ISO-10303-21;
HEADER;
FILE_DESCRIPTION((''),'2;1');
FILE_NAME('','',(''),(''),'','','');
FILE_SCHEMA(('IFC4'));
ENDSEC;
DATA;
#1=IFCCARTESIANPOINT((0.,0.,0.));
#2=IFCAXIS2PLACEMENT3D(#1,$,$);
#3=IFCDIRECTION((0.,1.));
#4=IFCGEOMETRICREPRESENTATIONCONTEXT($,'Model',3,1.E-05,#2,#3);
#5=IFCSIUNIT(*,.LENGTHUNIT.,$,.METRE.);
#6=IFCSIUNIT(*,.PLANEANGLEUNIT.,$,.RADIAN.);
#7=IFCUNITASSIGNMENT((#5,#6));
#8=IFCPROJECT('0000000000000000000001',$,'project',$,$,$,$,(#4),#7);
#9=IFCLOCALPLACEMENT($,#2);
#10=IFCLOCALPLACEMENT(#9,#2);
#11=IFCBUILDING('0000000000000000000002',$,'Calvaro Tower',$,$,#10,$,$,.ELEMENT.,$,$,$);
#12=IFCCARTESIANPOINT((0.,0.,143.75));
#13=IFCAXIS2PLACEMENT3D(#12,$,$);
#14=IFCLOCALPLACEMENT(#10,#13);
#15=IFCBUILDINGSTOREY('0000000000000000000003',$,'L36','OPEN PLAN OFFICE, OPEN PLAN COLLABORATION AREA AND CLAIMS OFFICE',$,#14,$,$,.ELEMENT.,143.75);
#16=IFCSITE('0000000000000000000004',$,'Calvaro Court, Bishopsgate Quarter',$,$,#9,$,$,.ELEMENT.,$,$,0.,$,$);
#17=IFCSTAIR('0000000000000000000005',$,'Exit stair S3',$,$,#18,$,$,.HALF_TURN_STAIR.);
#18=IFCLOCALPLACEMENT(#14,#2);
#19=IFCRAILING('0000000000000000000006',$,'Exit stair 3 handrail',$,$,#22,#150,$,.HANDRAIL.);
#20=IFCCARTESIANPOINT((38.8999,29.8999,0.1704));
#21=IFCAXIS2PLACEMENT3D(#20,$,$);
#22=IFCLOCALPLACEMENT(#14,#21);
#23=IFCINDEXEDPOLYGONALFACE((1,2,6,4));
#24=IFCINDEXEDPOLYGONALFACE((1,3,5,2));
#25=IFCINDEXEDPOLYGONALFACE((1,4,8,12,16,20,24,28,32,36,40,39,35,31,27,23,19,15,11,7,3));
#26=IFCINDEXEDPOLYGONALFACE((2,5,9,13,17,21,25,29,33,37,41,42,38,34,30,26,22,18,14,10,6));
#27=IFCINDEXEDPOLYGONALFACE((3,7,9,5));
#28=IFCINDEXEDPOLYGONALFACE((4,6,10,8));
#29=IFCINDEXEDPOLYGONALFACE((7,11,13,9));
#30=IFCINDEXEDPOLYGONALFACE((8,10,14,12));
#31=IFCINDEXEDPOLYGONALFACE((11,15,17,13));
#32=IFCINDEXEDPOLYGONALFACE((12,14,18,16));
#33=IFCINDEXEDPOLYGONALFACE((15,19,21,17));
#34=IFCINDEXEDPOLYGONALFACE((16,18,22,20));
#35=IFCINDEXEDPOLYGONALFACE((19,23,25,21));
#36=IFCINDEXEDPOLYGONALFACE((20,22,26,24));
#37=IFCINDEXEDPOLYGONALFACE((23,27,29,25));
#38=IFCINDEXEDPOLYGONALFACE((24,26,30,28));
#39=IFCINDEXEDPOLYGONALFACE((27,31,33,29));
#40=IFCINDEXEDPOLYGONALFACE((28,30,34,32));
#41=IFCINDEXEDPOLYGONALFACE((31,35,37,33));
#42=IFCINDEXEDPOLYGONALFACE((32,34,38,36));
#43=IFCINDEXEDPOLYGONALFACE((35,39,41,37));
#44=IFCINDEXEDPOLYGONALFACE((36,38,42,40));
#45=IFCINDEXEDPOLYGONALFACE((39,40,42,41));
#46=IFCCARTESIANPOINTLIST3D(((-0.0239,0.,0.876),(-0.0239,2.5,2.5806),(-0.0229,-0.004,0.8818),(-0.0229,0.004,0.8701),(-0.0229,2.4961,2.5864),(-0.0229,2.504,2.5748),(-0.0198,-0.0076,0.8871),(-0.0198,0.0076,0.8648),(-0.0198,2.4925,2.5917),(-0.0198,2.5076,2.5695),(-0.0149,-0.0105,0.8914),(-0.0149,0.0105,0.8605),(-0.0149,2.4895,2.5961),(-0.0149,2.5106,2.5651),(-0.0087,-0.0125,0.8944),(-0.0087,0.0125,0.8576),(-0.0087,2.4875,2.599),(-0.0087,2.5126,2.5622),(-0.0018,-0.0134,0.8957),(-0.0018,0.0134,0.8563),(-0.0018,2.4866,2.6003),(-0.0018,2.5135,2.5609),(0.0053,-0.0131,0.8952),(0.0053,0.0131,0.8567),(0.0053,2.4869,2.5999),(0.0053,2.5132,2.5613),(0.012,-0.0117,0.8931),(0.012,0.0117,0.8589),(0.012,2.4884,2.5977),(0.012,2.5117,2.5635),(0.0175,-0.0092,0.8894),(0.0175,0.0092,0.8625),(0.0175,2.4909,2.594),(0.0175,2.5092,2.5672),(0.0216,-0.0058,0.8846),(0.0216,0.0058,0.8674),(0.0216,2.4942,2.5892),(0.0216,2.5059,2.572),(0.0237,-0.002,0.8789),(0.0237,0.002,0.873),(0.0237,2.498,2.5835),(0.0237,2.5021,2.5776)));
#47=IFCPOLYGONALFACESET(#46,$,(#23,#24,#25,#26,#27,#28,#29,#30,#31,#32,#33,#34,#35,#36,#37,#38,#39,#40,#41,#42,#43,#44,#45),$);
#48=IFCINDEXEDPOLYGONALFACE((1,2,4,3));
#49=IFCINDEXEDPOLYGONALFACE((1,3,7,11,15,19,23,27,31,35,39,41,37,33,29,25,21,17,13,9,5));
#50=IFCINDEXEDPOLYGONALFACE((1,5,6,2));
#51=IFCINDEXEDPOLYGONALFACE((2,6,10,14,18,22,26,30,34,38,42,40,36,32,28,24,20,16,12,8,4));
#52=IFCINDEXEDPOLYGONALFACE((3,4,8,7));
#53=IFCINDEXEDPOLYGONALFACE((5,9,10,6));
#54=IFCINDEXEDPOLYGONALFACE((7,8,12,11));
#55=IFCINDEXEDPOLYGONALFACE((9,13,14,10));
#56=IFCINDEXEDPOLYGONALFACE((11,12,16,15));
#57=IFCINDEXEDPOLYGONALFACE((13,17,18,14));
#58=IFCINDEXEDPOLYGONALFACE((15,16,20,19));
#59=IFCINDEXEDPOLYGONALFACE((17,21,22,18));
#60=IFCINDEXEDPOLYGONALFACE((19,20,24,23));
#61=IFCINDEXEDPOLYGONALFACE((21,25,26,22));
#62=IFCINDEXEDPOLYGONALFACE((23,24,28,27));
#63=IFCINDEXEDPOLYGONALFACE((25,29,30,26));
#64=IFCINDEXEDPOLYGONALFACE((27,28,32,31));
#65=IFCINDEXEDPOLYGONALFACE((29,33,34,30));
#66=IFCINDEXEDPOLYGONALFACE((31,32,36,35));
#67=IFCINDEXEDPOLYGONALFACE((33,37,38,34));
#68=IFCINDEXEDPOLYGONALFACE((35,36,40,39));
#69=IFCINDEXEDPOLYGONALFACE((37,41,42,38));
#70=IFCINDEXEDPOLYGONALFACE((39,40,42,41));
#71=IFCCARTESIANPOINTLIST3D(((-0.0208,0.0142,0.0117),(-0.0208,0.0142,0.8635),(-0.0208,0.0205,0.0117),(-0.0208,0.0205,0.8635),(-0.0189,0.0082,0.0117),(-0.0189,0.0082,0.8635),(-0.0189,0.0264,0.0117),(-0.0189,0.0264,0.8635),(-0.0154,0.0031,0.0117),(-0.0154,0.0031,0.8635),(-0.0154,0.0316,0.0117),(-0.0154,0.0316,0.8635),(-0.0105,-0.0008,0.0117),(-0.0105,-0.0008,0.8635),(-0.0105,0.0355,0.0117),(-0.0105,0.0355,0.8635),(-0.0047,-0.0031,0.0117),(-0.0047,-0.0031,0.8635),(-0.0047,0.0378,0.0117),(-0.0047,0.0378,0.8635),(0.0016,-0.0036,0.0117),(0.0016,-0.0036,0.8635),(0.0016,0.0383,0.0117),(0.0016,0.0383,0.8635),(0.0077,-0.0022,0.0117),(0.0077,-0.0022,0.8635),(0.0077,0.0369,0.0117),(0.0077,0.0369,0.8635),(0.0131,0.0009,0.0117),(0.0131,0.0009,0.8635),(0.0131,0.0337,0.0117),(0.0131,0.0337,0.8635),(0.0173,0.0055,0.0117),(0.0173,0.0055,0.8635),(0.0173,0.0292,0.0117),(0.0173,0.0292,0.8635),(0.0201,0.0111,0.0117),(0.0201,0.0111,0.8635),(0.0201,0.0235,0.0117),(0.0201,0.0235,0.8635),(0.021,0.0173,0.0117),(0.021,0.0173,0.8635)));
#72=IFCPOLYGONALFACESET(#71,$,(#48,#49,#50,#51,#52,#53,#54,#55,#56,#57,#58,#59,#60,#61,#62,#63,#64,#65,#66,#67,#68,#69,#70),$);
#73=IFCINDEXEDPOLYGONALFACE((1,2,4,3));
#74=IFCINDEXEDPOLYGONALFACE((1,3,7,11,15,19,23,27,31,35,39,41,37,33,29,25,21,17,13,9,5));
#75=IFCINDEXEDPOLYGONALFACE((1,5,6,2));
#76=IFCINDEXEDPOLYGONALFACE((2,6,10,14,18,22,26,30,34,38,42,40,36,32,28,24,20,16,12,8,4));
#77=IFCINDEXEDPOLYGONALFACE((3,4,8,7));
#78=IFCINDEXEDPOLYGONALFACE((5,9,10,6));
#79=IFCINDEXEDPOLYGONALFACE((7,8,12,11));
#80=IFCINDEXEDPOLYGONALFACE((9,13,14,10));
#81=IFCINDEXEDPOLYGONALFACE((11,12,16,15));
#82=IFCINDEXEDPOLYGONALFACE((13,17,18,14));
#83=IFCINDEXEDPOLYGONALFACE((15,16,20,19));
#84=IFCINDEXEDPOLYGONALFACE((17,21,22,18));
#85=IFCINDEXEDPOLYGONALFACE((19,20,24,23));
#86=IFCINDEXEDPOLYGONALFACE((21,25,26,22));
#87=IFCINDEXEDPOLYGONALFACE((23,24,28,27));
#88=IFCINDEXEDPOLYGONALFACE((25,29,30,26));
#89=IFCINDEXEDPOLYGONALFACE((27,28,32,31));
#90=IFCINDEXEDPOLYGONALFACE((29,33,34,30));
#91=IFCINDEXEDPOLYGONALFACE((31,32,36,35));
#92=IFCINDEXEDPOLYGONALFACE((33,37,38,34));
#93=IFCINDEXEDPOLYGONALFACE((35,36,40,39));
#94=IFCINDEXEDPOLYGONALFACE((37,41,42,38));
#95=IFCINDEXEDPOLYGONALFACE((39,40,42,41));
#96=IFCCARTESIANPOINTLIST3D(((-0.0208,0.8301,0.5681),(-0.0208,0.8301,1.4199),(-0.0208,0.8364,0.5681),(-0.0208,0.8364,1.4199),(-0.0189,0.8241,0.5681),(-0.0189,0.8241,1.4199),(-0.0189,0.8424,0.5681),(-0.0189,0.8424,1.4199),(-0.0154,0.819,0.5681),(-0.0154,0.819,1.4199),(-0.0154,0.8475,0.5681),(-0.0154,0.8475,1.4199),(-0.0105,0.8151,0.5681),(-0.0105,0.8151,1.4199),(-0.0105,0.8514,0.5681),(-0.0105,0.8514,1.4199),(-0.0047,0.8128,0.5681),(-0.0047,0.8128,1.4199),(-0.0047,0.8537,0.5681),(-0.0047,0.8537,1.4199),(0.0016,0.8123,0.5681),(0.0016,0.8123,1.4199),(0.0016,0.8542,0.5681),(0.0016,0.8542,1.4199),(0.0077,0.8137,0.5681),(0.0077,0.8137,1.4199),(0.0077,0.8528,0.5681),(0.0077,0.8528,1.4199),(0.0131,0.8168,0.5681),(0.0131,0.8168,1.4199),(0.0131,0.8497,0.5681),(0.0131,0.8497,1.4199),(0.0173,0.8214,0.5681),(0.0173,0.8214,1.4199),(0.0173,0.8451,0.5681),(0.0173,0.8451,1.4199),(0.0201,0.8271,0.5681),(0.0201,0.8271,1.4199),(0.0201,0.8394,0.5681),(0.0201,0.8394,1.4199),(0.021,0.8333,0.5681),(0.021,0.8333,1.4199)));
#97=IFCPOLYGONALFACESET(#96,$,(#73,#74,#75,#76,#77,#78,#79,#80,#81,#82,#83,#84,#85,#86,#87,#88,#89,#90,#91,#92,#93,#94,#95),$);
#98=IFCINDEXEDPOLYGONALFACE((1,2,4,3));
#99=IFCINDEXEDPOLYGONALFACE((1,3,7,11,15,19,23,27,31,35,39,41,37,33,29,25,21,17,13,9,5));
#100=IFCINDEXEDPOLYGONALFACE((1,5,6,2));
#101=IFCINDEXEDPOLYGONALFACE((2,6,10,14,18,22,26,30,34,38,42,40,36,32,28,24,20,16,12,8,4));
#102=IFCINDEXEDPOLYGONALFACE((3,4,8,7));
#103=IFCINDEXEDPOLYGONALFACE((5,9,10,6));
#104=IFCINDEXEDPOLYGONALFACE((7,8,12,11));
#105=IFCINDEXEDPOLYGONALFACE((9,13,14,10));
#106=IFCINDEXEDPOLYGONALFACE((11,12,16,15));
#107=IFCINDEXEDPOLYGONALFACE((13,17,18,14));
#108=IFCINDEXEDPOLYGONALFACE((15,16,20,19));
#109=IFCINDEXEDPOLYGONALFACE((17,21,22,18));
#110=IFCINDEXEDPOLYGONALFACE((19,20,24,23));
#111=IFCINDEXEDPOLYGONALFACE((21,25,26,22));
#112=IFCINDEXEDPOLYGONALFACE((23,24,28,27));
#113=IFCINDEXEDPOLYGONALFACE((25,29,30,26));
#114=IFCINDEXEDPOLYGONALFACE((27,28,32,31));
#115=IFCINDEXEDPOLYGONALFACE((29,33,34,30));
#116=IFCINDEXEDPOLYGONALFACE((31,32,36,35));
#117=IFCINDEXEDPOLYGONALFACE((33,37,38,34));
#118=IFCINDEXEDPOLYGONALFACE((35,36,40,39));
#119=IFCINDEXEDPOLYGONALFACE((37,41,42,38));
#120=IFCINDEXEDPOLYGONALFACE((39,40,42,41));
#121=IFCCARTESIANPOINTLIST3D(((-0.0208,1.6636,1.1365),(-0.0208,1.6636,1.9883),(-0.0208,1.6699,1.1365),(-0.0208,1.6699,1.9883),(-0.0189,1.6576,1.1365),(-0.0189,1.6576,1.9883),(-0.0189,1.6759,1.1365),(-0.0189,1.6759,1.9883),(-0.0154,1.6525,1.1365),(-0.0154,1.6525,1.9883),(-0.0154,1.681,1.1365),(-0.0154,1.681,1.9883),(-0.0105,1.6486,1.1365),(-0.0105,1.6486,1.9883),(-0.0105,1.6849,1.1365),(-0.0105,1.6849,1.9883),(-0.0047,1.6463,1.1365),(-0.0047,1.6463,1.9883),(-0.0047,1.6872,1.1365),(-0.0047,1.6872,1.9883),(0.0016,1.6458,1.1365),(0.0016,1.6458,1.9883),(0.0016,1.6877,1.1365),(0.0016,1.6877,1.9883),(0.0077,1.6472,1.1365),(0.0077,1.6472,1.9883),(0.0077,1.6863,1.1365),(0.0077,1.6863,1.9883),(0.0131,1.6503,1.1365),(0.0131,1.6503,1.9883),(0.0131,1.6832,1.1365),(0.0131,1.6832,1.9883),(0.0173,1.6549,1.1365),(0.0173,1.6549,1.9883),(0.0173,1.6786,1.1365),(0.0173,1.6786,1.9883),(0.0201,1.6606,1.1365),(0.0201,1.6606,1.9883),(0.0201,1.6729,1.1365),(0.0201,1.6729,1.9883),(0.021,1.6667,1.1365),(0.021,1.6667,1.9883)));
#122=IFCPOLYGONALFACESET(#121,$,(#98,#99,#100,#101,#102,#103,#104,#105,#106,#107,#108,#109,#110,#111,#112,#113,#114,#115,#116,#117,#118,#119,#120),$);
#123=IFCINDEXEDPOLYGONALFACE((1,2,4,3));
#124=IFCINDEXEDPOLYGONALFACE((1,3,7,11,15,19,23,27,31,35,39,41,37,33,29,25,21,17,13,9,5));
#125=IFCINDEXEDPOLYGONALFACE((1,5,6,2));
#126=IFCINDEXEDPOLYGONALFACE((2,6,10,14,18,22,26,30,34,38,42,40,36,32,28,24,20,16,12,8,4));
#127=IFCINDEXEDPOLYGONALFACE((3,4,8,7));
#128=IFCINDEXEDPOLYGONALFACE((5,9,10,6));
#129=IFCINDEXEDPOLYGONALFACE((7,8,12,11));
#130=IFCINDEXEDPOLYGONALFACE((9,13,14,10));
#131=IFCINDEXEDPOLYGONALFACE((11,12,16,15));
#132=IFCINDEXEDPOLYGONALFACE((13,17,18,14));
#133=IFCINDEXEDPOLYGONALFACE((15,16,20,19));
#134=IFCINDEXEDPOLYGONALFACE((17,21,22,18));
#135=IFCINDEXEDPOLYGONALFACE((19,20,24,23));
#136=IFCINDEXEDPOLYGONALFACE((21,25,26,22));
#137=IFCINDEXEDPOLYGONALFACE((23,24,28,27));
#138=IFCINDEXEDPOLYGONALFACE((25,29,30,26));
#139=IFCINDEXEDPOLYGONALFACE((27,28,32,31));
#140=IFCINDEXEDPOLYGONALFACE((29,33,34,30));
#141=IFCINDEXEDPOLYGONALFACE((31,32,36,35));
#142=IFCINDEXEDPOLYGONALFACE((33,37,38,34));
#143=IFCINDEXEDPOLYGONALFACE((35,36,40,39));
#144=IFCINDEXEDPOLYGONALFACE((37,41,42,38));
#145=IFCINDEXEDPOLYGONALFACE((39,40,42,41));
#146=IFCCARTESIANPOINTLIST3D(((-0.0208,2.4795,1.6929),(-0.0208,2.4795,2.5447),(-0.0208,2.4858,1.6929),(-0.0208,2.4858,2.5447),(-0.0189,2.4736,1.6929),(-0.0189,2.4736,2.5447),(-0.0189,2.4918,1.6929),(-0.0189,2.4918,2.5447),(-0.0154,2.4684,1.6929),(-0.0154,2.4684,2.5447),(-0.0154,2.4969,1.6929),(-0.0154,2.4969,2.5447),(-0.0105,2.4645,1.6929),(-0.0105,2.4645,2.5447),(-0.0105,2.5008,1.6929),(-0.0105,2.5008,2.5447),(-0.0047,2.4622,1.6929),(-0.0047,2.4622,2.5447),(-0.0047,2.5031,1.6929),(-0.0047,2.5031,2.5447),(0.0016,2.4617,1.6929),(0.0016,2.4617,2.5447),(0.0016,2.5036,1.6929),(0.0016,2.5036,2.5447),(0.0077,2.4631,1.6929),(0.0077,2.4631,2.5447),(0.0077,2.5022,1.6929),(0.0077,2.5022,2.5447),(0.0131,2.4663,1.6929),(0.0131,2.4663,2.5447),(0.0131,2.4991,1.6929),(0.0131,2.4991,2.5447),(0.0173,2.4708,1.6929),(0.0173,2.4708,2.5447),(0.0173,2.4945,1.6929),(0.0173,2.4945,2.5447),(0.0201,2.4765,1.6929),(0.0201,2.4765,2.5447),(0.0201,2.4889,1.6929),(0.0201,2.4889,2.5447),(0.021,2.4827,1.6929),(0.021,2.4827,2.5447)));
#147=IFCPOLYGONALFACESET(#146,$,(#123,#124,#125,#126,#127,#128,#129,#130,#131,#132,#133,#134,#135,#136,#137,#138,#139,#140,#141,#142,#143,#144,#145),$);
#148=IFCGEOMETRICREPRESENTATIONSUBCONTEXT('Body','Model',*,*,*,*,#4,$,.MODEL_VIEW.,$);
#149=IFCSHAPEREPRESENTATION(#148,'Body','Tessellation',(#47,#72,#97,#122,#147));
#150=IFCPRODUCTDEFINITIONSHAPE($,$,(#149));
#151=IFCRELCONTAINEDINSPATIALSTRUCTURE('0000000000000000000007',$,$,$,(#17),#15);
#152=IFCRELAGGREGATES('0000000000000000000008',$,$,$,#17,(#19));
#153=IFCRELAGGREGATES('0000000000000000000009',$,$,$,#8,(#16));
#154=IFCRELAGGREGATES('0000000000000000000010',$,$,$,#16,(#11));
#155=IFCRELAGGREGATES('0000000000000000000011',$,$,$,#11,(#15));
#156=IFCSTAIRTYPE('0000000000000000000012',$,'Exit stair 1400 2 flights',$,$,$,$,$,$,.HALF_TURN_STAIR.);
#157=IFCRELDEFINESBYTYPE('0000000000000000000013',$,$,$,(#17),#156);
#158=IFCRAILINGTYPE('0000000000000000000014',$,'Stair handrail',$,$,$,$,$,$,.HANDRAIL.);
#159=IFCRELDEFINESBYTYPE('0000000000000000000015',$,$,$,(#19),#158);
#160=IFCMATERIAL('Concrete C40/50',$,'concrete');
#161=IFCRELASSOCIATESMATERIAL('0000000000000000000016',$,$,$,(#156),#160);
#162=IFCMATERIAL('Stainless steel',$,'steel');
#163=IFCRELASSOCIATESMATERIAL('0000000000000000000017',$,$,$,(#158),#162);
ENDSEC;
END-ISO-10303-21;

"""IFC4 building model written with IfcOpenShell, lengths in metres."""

from ifc_helpers import new_model, si_unit, direction, frame, origin, origin_2d, place, context, subcontext, project, spatial, circle, extrude, material, type_object, element, aggregate, save


model = new_model("IFC4")

# Units and contexts
model_context = context("Model", 3, precision=1e-05, world=origin(), true_north=direction((0.0, 1.0)))
body_context = subcontext(model_context, "Body", "Model", "MODEL_VIEW")
ifc_project = project(units=[si_unit("LENGTHUNIT", "METRE"), si_unit("PLANEANGLEUNIT", "RADIAN")], contexts=[model_context])

# Site, building, storey
site_placement = place(None, origin())
site = spatial("IfcSite", under=ifc_project, at=site_placement, Name="Calvaro Court, Bishopsgate Quarter", CompositionType="ELEMENT", RefElevation=0.0)
building_placement = place(site_placement, origin())
building = spatial("IfcBuilding", under=site, at=building_placement, Name="Calvaro Tower", CompositionType="ELEMENT")
storey_placement = place(building_placement, frame((0.0, 0.0, 143.75)))
storey = spatial("IfcBuildingStorey", under=building, at=storey_placement, Name="L36", Description="OPEN PLAN OFFICE, OPEN PLAN COLLABORATION AREA AND CLAIMS OFFICE", CompositionType="ELEMENT", Elevation=143.75)

# Stair
ifc_material_1 = material(Name="Concrete C40/50", Category="concrete")
stair_type = type_object("IfcStairType", Name="Exit stair 1400 2 flights", PredefinedType="HALF_TURN_STAIR", material=ifc_material_1)
stair_1_placement = place(storey_placement, origin())
stair_1 = element("IfcStair", 1, at=stair_1_placement, inside=storey, type_object=stair_type, Name="Exit stair S3", PredefinedType="HALF_TURN_STAIR")

# Railing
ifc_material_2 = material(Name="Stainless steel", Category="steel")
railing_type = type_object("IfcRailingType", Name="Stair handrail", PredefinedType="HANDRAIL", material=ifc_material_2)
railing_1_placement = place(storey_placement, frame((38.8999, 29.8999, 0.1704)))
railing_1 = element("IfcRailing", 2, at=railing_1_placement, type_object=railing_type, Name="Exit stair 3 handrail", PredefinedType="HANDRAIL", context=body_context, shape_type="SweptSolid", body=[
    extrude(circle(Radius=0.0239, at=origin_2d()), frame((0.0, 0.0, 0.876), z_axis=(0.0, 0.826221, 0.563347), x_axis=(-1.0, 0.0, 0.0)), (0.0, 0.0, 1.0), 3.0259),
    extrude(circle(Radius=0.021, at=origin_2d()), frame((0.0, 0.0173, 0.0117)), (0.0, 0.0, 1.0), 0.8518),
    extrude(circle(Radius=0.021, at=origin_2d()), frame((0.0, 0.8333, 0.5681)), (0.0, 0.0, 1.0), 0.8518),
    extrude(circle(Radius=0.021, at=origin_2d()), frame((0.0, 1.6667, 1.1365)), (0.0, 0.0, 1.0), 0.8518),
    extrude(circle(Radius=0.021, at=origin_2d()), frame((0.0, 2.4827, 1.6929)), (0.0, 0.0, 1.0), 0.8518),
])
aggregate(stair_1, [railing_1])

save(model, "model.ifc")
